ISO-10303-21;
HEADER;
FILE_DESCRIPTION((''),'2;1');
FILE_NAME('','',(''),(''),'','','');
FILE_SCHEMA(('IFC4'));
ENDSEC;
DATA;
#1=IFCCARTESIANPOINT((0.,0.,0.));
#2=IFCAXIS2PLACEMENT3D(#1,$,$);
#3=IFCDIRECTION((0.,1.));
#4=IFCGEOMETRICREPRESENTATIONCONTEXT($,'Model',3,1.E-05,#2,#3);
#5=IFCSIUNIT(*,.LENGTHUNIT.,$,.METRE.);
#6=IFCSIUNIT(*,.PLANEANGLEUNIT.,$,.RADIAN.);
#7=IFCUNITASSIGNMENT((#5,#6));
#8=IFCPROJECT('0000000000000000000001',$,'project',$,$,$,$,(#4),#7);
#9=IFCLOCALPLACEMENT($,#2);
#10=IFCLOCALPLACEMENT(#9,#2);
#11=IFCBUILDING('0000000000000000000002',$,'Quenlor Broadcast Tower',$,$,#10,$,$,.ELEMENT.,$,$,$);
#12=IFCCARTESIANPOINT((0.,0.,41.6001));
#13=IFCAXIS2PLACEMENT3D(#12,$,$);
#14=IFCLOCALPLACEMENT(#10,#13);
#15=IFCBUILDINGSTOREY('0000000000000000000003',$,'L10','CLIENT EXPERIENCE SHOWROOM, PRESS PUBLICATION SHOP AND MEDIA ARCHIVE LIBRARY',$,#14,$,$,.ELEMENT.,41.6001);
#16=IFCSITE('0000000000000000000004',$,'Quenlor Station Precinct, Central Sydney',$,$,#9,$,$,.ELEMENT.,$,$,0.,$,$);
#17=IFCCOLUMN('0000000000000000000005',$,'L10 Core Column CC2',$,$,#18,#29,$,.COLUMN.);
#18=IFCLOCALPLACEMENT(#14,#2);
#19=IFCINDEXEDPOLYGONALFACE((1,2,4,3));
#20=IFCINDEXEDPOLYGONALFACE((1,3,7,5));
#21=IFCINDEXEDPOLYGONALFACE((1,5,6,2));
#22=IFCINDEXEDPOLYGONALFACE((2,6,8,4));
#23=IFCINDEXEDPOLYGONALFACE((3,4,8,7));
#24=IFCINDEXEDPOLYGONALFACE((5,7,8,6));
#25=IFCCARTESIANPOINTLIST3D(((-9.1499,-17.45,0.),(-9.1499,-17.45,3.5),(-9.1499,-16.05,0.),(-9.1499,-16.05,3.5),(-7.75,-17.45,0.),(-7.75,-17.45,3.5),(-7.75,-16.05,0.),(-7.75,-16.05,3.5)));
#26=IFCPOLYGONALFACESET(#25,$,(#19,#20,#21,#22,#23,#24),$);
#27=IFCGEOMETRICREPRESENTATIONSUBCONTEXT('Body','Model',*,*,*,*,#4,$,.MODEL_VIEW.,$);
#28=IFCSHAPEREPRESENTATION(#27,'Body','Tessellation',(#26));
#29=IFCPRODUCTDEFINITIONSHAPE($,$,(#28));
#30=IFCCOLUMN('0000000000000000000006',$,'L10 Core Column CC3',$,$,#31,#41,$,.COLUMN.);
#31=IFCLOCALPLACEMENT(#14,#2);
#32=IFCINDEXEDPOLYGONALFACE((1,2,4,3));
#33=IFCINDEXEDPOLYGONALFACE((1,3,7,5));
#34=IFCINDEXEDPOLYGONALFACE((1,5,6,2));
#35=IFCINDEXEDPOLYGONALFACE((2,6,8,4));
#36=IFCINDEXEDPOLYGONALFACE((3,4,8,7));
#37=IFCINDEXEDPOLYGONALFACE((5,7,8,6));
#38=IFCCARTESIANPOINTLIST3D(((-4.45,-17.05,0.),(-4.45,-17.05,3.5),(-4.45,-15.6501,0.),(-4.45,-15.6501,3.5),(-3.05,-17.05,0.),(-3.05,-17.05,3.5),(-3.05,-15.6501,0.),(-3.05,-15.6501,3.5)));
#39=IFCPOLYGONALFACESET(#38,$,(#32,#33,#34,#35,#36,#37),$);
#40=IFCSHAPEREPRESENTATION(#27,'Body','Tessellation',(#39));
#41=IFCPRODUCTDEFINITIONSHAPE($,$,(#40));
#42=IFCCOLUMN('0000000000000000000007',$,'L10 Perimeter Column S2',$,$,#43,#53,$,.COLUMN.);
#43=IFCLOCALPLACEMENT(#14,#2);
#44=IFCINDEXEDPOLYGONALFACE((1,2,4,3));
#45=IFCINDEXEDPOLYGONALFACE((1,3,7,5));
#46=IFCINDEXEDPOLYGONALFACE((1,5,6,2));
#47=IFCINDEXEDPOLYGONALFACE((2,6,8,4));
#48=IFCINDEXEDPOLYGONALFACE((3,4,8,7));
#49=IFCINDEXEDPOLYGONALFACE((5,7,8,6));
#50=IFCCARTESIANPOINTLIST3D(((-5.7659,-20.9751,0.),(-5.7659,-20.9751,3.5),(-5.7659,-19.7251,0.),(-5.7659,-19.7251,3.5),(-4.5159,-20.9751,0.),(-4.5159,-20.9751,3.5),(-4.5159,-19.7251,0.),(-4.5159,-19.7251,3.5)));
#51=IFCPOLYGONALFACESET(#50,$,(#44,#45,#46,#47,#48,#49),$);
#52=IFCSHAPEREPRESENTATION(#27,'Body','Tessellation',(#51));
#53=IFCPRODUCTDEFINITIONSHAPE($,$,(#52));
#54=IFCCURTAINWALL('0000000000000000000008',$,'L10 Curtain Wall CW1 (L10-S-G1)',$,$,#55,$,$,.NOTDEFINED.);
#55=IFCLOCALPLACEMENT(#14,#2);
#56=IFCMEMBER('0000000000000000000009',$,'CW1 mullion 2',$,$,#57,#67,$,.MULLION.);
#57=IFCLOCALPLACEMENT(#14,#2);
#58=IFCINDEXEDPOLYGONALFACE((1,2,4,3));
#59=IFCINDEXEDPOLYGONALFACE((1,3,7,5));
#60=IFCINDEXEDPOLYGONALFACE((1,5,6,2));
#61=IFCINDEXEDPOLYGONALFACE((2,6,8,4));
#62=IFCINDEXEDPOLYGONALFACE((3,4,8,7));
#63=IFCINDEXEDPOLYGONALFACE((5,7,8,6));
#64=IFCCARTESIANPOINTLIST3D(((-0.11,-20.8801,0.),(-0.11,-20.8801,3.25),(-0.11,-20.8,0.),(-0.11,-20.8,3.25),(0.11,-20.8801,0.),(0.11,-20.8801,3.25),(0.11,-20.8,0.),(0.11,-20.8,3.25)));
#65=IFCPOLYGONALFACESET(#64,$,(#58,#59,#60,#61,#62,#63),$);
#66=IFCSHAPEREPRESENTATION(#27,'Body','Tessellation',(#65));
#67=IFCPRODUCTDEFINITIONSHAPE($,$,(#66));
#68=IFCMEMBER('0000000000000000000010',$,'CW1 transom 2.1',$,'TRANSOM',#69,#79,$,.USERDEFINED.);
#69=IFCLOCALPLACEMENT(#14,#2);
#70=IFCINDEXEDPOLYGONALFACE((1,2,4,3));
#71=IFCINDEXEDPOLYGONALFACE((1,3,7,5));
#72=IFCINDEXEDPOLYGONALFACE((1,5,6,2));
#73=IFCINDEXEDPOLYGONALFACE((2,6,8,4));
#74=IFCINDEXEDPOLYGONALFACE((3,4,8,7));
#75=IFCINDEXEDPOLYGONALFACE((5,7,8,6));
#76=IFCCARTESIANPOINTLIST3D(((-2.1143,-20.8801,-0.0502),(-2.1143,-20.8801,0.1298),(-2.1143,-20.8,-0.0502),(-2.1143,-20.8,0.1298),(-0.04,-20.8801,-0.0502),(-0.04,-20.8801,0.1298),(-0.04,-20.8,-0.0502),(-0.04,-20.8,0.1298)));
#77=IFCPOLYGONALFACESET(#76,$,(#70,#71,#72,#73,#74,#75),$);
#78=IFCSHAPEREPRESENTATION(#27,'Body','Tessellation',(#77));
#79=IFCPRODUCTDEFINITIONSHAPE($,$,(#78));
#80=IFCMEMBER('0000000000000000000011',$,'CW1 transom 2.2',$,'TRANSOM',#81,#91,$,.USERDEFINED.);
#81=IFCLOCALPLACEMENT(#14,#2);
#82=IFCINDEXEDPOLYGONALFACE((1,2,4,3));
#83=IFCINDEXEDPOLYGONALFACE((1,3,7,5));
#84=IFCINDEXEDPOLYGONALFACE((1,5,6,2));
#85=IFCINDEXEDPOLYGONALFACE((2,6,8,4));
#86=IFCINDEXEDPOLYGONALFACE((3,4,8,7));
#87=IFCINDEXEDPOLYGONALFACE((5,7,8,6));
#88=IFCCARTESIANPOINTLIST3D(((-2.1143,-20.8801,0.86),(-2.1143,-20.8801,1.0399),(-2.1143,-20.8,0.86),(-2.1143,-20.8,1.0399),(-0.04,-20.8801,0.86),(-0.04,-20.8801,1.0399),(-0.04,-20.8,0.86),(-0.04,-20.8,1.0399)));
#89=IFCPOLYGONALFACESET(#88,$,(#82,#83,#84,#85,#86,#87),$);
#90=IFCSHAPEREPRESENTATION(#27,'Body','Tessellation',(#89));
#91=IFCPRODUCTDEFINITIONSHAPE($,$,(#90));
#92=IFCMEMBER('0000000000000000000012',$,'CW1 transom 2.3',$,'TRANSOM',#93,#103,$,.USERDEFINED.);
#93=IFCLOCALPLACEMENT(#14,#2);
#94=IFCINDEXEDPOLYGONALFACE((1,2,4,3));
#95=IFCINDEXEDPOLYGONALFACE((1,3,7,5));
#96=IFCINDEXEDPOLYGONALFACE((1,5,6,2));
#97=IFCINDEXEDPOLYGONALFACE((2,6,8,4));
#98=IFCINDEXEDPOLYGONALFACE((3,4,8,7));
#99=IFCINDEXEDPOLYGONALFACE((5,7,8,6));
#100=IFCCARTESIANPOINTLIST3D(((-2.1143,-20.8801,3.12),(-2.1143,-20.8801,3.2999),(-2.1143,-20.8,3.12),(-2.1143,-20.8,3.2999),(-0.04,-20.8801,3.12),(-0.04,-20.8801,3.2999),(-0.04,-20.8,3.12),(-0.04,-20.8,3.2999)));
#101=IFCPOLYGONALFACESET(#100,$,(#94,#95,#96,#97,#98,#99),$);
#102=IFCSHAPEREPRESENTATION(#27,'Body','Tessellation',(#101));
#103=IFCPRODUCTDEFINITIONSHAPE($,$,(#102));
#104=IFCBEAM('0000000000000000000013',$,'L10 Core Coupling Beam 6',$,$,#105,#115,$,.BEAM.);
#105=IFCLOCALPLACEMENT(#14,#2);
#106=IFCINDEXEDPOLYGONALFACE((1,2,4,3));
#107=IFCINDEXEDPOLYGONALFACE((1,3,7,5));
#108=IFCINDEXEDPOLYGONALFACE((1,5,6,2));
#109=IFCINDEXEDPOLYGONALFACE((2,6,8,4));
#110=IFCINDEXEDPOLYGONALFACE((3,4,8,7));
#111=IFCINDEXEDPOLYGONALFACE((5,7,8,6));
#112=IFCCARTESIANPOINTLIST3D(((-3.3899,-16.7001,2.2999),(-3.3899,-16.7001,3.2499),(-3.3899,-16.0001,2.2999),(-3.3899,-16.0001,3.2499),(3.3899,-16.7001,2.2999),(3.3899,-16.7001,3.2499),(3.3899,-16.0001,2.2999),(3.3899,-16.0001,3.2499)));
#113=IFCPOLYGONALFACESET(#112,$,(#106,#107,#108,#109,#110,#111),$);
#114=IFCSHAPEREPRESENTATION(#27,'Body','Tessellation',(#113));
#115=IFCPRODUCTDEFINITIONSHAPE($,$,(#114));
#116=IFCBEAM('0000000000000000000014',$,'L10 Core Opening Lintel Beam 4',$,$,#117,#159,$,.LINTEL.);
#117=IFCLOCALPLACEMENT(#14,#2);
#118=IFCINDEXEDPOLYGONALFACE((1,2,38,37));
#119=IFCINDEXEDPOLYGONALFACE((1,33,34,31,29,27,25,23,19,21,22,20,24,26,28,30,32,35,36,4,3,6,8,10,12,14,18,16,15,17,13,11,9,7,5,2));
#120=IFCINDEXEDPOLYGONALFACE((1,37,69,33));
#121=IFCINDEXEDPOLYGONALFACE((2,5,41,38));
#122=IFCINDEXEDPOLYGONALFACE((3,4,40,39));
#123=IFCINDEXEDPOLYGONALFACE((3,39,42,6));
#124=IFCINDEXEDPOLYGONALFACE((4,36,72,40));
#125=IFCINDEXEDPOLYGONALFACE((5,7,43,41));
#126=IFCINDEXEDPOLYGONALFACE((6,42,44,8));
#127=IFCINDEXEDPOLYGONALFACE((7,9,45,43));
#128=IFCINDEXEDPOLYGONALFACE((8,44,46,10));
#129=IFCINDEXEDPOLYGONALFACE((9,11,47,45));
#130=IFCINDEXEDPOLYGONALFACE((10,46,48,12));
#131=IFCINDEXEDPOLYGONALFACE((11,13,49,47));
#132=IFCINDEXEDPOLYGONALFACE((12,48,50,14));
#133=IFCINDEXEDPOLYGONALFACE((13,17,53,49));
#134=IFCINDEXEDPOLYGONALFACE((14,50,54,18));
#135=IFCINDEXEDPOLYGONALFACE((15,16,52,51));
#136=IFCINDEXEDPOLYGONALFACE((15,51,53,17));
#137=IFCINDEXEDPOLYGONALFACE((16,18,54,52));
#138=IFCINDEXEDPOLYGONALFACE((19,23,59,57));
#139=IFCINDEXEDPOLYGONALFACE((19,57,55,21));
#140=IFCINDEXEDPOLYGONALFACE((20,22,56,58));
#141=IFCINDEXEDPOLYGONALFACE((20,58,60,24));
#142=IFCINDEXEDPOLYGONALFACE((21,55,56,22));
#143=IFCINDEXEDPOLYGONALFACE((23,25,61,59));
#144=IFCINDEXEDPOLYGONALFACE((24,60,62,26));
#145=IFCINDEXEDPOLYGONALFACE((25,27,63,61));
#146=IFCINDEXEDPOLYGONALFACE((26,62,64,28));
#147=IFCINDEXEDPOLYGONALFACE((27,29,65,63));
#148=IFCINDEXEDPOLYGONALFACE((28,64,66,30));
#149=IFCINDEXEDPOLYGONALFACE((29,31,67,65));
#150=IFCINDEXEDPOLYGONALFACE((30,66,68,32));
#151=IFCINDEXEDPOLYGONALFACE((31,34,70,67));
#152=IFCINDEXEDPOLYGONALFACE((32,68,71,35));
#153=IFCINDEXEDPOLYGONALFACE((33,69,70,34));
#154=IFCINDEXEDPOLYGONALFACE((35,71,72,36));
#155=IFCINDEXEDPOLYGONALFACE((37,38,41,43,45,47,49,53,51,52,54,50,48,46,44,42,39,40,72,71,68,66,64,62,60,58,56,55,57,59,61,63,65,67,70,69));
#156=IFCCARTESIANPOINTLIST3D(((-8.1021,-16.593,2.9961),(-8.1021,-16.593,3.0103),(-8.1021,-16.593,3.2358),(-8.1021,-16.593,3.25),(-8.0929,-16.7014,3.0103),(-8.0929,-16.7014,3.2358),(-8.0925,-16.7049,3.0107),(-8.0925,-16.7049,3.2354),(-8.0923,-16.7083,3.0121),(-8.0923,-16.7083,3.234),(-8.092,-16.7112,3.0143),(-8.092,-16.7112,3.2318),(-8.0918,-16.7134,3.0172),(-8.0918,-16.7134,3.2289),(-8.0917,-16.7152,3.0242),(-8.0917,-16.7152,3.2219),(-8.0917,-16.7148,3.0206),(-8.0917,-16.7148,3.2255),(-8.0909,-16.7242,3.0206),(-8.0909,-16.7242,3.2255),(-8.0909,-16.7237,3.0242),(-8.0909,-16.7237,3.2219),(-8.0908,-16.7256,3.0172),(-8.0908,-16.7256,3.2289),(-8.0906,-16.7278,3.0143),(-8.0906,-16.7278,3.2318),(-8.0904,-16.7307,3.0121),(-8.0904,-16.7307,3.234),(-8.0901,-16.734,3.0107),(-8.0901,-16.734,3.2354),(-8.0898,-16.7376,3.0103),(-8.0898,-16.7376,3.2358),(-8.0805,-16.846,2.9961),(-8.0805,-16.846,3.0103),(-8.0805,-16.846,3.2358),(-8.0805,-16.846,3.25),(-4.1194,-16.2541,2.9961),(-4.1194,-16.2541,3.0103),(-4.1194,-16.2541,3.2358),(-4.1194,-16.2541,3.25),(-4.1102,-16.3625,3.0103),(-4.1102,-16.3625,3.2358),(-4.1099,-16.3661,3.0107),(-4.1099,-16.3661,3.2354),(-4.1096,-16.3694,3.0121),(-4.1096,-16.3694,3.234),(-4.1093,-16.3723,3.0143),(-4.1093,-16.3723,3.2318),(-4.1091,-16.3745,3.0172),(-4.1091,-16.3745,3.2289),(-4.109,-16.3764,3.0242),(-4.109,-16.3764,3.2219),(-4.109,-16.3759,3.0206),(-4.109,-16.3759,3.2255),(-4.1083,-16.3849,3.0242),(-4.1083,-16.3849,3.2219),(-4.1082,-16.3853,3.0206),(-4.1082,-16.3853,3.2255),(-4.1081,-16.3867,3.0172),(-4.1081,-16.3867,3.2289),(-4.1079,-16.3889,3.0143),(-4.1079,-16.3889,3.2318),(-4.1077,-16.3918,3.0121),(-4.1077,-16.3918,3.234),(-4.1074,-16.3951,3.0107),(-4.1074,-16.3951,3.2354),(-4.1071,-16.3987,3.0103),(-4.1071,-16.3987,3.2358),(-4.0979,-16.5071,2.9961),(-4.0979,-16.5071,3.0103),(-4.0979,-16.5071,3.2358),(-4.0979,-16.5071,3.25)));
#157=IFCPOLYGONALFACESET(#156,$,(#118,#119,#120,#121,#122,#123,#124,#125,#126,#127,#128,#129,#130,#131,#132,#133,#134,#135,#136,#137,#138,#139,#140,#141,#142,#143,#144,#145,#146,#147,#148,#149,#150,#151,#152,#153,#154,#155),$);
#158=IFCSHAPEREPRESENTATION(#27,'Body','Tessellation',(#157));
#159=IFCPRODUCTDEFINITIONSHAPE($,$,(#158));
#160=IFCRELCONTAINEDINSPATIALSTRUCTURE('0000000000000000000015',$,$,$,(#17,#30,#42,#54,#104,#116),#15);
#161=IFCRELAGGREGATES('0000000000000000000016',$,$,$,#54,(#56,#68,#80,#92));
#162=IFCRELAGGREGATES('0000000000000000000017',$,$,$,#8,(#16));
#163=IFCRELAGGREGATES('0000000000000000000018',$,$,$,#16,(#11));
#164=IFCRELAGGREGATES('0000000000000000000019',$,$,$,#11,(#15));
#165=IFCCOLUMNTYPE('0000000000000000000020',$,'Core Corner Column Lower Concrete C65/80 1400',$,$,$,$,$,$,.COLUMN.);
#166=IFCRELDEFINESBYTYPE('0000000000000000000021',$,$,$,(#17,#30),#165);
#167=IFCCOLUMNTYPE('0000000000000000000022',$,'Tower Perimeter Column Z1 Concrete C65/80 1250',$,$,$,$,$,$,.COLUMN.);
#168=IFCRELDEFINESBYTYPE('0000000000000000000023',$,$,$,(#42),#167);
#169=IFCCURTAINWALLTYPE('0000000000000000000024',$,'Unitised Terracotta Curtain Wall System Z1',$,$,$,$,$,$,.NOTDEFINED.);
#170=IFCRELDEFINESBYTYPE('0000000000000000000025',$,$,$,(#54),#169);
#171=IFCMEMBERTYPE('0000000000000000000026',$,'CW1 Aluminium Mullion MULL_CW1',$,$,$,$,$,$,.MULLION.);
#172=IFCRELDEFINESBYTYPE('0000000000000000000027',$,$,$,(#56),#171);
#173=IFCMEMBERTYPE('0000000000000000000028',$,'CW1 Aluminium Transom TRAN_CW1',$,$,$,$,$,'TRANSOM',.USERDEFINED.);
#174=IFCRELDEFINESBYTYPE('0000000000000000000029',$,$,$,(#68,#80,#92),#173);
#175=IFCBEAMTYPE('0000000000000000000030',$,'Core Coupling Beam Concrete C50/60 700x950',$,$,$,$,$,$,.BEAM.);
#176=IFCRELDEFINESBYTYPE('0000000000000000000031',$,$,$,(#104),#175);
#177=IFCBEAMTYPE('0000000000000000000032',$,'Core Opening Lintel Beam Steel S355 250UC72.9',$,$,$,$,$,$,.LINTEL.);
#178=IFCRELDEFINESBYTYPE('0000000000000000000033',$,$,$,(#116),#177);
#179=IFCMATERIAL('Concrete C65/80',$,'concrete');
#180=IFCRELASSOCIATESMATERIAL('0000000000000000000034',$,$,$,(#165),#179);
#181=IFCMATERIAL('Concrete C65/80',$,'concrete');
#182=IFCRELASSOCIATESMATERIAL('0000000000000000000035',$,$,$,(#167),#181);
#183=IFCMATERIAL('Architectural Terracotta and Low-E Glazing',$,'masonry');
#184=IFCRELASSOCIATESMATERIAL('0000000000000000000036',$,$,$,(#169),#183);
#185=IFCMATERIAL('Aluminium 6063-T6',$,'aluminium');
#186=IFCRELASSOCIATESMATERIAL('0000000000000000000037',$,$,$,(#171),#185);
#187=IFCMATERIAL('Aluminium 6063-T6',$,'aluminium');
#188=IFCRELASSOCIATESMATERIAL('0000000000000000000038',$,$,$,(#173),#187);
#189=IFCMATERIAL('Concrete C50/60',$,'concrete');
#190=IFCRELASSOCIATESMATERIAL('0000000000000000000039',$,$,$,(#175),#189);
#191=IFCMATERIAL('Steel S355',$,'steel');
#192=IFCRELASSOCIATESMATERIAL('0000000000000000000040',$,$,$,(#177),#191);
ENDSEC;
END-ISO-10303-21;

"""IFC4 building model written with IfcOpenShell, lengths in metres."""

from ifc_helpers import new_model, si_unit, direction, frame, origin, origin_2d, place, context, subcontext, project, spatial, rectangle, i_section, extrude, material, material_profile, profile_set, type_object, element, aggregate, save


model = new_model("IFC4")

# Units and contexts
model_context = context("Model", 3, precision=1e-05, world=origin(), true_north=direction((0.0, 1.0)))
body_context = subcontext(model_context, "Body", "Model", "MODEL_VIEW")
ifc_project = project(units=[si_unit("LENGTHUNIT", "METRE"), si_unit("PLANEANGLEUNIT", "RADIAN")], contexts=[model_context])

# Site, building, storey
site_placement = place(None, origin())
site = spatial("IfcSite", under=ifc_project, at=site_placement, Name="Quenlor Station Precinct, Central Sydney", CompositionType="ELEMENT", RefElevation=0.0)
building_placement = place(site_placement, origin())
building = spatial("IfcBuilding", under=site, at=building_placement, Name="Quenlor Broadcast Tower", CompositionType="ELEMENT")
storey_placement = place(building_placement, frame((0.0, 0.0, 41.6001)))
storey = spatial("IfcBuildingStorey", under=building, at=storey_placement, Name="L10", Description="CLIENT EXPERIENCE SHOWROOM, PRESS PUBLICATION SHOP AND MEDIA ARCHIVE LIBRARY", CompositionType="ELEMENT", Elevation=41.6001)

# Columns
ifc_material_1 = material(Name="Concrete C65/80", Category="concrete")
ifc_material_profile_1 = material_profile(ifc_material_1, rectangle(XDim=1.3999, YDim=1.3999, at=origin_2d()))
ifc_profile_set_1 = profile_set([ifc_material_profile_1], Name="Concrete C65/80 RC1400x1400")
column_type_1 = type_object("IfcColumnType", Name="Core Corner Column Lower Concrete C65/80 1400", PredefinedType="COLUMN", material=ifc_profile_set_1)
for number, where, z_axis, x_axis, name in (
    (1, (-8.45, -16.75, 0.0), (0.0, 0.0, 1.0), (1.0, 0.0, 0.0), "L10 Core Column CC2"),
    (2, (-3.75, -16.3501, 0.0), (0.0, 0.0, 1.0), (1.0, 0.0, 0.0), "L10 Core Column CC3"),
):
    element("IfcColumn", number, at=place(storey_placement, frame(where, z_axis=z_axis, x_axis=x_axis)), inside=storey, type_object=column_type_1, Name=name, PredefinedType="COLUMN", context=body_context, shape_type="SweptSolid", body=[
        extrude(rectangle(XDim=1.3999, YDim=1.3999, at=origin_2d()), origin(), (0.0, 0.0, 1.0), 3.5),
    ])
ifc_material_2 = material(Name="Concrete C65/80", Category="concrete")
ifc_material_profile_2 = material_profile(ifc_material_2, rectangle(XDim=1.25, YDim=1.25, at=origin_2d()))
ifc_profile_set_2 = profile_set([ifc_material_profile_2], Name="Concrete C65/80 RC1250x1250")
column_type_2 = type_object("IfcColumnType", Name="Tower Perimeter Column Z1 Concrete C65/80 1250", PredefinedType="COLUMN", material=ifc_profile_set_2)
column_placement = place(storey_placement, frame((-5.1409, -20.3501, 0.0), z_axis=(0.0, 0.0, 1.0), x_axis=(0.0, 1.0, 0.0)))
element("IfcColumn", 3, at=column_placement, inside=storey, type_object=column_type_2, Name="L10 Perimeter Column S2", PredefinedType="COLUMN", context=body_context, shape_type="SweptSolid", body=[
    extrude(rectangle(XDim=1.25, YDim=1.25, at=origin_2d()), origin(), (0.0, 0.0, 1.0), 3.5),
])

# Curtain wall, members
ifc_material_3 = material(Name="Architectural Terracotta and Low-E Glazing", Category="masonry")
curtain_wall_type = type_object("IfcCurtainWallType", Name="Unitised Terracotta Curtain Wall System Z1", PredefinedType="NOTDEFINED", material=ifc_material_3)
curtain_wall_placement = place(storey_placement, origin())
curtain_wall = element("IfcCurtainWall", 4, at=curtain_wall_placement, inside=storey, type_object=curtain_wall_type, Name="L10 Curtain Wall CW1 (L10-S-G1)", PredefinedType="NOTDEFINED")
ifc_material_4 = material(Name="Aluminium 6063-T6", Category="aluminium")
ifc_material_profile_3 = material_profile(ifc_material_4, rectangle(XDim=0.0801, YDim=0.22, at=origin_2d()))
ifc_profile_set_3 = profile_set([ifc_material_profile_3], Name="Aluminium 6063-T6 MULL80x220")
member_type_1 = type_object("IfcMemberType", Name="CW1 Aluminium Mullion MULL_CW1", PredefinedType="MULLION", material=ifc_profile_set_3)
member_1_placement = place(storey_placement, frame((0.0, -20.8401, 0.0), z_axis=(0.0, 0.0, 1.0), x_axis=(0.0, -1.0, 0.0)))
member_1 = element("IfcMember", 5, at=member_1_placement, type_object=member_type_1, Name="CW1 mullion 2", PredefinedType="MULLION", context=body_context, shape_type="SweptSolid", body=[
    extrude(rectangle(XDim=0.0801, YDim=0.22, at=origin_2d()), origin(), (0.0, 0.0, 1.0), 3.25),
])
ifc_material_5 = material(Name="Aluminium 6063-T6", Category="aluminium")
ifc_material_profile_4 = material_profile(ifc_material_5, rectangle(XDim=0.0801, YDim=0.1799, at=origin_2d()))
ifc_profile_set_4 = profile_set([ifc_material_profile_4], Name="Aluminium 6063-T6 TRAN80x180")
member_type_2 = type_object("IfcMemberType", Name="CW1 Aluminium Transom TRAN_CW1", ElementType="TRANSOM", PredefinedType="USERDEFINED", material=ifc_profile_set_4)
member_2_placement = place(storey_placement, frame((-0.04, -20.8401, 0.0398), z_axis=(-1.0, 0.0, 0.0), x_axis=(0.0, -1.0, 0.0)))
member_2 = element("IfcMember", 6, at=member_2_placement, type_object=member_type_2, Name="CW1 transom 2.1", ObjectType="TRANSOM", PredefinedType="USERDEFINED", context=body_context, shape_type="SweptSolid", body=[
    extrude(rectangle(XDim=0.0801, YDim=0.1799, at=origin_2d()), origin(), (0.0, 0.0, 1.0), 2.0742),
])
member_3_placement = place(storey_placement, frame((-0.04, -20.8401, 0.95), z_axis=(-1.0, 0.0, 0.0), x_axis=(0.0, -1.0, 0.0)))
member_3 = element("IfcMember", 7, at=member_3_placement, type_object=member_type_2, Name="CW1 transom 2.2", ObjectType="TRANSOM", PredefinedType="USERDEFINED", context=body_context, shape_type="SweptSolid", body=[
    extrude(rectangle(XDim=0.0801, YDim=0.1799, at=origin_2d()), origin(), (0.0, 0.0, 1.0), 2.0742),
])
member_4_placement = place(storey_placement, frame((-0.04, -20.8401, 3.21), z_axis=(-1.0, 0.0, 0.0), x_axis=(0.0, -1.0, 0.0)))
member_4 = element("IfcMember", 8, at=member_4_placement, type_object=member_type_2, Name="CW1 transom 2.3", ObjectType="TRANSOM", PredefinedType="USERDEFINED", context=body_context, shape_type="SweptSolid", body=[
    extrude(rectangle(XDim=0.0801, YDim=0.1799, at=origin_2d()), origin(), (0.0, 0.0, 1.0), 2.0742),
])

# Beams
ifc_material_6 = material(Name="Concrete C50/60", Category="concrete")
ifc_material_profile_5 = material_profile(ifc_material_6, rectangle(XDim=0.7, YDim=0.95, at=origin_2d()))
ifc_profile_set_5 = profile_set([ifc_material_profile_5], Name="Concrete C50/60 RCB700x950")
beam_type_1 = type_object("IfcBeamType", Name="Core Coupling Beam Concrete C50/60 700x950", PredefinedType="BEAM", material=ifc_profile_set_5)
beam_1_placement = place(storey_placement, frame((-3.3899, -16.3501, 2.7749), z_axis=(1.0, 0.0, 0.0), x_axis=(0.0, 1.0, 0.0)))
element("IfcBeam", 9, at=beam_1_placement, inside=storey, type_object=beam_type_1, Name="L10 Core Coupling Beam 6", PredefinedType="BEAM", context=body_context, shape_type="SweptSolid", body=[
    extrude(rectangle(XDim=0.7, YDim=0.95, at=origin_2d()), origin(), (0.0, 0.0, 1.0), 6.7798),
])
ifc_material_7 = material(Name="Steel S355", Category="steel")
ifc_material_profile_6 = material_profile(ifc_material_7, i_section(OverallWidth=0.2539, OverallDepth=0.2539, WebThickness=0.0085, FlangeThickness=0.0142, FilletRadius=0.0139, at=origin_2d()))
ifc_profile_set_6 = profile_set([ifc_material_profile_6], Name="Steel S355 250UC72.9")
beam_type_2 = type_object("IfcBeamType", Name="Core Opening Lintel Beam Steel S355 250UC72.9", PredefinedType="LINTEL", material=ifc_profile_set_6)
beam_2_placement = place(storey_placement, frame((-8.0913, -16.7195, 3.123), z_axis=(0.9964, 0.084779, 0.0), x_axis=(-0.084779, 0.9964, 0.0)))
element("IfcBeam", 10, at=beam_2_placement, inside=storey, type_object=beam_type_2, Name="L10 Core Opening Lintel Beam 4", PredefinedType="LINTEL", context=body_context, shape_type="SweptSolid", body=[
    extrude(i_section(OverallWidth=0.2539, OverallDepth=0.2539, WebThickness=0.0085, FlangeThickness=0.0142, FilletRadius=0.0139, at=origin_2d()), origin(), (0.0, 0.0, 1.0), 3.9971),
])

aggregate(curtain_wall, [member_1, member_2, member_3, member_4])

save(model, "model.ifc")
